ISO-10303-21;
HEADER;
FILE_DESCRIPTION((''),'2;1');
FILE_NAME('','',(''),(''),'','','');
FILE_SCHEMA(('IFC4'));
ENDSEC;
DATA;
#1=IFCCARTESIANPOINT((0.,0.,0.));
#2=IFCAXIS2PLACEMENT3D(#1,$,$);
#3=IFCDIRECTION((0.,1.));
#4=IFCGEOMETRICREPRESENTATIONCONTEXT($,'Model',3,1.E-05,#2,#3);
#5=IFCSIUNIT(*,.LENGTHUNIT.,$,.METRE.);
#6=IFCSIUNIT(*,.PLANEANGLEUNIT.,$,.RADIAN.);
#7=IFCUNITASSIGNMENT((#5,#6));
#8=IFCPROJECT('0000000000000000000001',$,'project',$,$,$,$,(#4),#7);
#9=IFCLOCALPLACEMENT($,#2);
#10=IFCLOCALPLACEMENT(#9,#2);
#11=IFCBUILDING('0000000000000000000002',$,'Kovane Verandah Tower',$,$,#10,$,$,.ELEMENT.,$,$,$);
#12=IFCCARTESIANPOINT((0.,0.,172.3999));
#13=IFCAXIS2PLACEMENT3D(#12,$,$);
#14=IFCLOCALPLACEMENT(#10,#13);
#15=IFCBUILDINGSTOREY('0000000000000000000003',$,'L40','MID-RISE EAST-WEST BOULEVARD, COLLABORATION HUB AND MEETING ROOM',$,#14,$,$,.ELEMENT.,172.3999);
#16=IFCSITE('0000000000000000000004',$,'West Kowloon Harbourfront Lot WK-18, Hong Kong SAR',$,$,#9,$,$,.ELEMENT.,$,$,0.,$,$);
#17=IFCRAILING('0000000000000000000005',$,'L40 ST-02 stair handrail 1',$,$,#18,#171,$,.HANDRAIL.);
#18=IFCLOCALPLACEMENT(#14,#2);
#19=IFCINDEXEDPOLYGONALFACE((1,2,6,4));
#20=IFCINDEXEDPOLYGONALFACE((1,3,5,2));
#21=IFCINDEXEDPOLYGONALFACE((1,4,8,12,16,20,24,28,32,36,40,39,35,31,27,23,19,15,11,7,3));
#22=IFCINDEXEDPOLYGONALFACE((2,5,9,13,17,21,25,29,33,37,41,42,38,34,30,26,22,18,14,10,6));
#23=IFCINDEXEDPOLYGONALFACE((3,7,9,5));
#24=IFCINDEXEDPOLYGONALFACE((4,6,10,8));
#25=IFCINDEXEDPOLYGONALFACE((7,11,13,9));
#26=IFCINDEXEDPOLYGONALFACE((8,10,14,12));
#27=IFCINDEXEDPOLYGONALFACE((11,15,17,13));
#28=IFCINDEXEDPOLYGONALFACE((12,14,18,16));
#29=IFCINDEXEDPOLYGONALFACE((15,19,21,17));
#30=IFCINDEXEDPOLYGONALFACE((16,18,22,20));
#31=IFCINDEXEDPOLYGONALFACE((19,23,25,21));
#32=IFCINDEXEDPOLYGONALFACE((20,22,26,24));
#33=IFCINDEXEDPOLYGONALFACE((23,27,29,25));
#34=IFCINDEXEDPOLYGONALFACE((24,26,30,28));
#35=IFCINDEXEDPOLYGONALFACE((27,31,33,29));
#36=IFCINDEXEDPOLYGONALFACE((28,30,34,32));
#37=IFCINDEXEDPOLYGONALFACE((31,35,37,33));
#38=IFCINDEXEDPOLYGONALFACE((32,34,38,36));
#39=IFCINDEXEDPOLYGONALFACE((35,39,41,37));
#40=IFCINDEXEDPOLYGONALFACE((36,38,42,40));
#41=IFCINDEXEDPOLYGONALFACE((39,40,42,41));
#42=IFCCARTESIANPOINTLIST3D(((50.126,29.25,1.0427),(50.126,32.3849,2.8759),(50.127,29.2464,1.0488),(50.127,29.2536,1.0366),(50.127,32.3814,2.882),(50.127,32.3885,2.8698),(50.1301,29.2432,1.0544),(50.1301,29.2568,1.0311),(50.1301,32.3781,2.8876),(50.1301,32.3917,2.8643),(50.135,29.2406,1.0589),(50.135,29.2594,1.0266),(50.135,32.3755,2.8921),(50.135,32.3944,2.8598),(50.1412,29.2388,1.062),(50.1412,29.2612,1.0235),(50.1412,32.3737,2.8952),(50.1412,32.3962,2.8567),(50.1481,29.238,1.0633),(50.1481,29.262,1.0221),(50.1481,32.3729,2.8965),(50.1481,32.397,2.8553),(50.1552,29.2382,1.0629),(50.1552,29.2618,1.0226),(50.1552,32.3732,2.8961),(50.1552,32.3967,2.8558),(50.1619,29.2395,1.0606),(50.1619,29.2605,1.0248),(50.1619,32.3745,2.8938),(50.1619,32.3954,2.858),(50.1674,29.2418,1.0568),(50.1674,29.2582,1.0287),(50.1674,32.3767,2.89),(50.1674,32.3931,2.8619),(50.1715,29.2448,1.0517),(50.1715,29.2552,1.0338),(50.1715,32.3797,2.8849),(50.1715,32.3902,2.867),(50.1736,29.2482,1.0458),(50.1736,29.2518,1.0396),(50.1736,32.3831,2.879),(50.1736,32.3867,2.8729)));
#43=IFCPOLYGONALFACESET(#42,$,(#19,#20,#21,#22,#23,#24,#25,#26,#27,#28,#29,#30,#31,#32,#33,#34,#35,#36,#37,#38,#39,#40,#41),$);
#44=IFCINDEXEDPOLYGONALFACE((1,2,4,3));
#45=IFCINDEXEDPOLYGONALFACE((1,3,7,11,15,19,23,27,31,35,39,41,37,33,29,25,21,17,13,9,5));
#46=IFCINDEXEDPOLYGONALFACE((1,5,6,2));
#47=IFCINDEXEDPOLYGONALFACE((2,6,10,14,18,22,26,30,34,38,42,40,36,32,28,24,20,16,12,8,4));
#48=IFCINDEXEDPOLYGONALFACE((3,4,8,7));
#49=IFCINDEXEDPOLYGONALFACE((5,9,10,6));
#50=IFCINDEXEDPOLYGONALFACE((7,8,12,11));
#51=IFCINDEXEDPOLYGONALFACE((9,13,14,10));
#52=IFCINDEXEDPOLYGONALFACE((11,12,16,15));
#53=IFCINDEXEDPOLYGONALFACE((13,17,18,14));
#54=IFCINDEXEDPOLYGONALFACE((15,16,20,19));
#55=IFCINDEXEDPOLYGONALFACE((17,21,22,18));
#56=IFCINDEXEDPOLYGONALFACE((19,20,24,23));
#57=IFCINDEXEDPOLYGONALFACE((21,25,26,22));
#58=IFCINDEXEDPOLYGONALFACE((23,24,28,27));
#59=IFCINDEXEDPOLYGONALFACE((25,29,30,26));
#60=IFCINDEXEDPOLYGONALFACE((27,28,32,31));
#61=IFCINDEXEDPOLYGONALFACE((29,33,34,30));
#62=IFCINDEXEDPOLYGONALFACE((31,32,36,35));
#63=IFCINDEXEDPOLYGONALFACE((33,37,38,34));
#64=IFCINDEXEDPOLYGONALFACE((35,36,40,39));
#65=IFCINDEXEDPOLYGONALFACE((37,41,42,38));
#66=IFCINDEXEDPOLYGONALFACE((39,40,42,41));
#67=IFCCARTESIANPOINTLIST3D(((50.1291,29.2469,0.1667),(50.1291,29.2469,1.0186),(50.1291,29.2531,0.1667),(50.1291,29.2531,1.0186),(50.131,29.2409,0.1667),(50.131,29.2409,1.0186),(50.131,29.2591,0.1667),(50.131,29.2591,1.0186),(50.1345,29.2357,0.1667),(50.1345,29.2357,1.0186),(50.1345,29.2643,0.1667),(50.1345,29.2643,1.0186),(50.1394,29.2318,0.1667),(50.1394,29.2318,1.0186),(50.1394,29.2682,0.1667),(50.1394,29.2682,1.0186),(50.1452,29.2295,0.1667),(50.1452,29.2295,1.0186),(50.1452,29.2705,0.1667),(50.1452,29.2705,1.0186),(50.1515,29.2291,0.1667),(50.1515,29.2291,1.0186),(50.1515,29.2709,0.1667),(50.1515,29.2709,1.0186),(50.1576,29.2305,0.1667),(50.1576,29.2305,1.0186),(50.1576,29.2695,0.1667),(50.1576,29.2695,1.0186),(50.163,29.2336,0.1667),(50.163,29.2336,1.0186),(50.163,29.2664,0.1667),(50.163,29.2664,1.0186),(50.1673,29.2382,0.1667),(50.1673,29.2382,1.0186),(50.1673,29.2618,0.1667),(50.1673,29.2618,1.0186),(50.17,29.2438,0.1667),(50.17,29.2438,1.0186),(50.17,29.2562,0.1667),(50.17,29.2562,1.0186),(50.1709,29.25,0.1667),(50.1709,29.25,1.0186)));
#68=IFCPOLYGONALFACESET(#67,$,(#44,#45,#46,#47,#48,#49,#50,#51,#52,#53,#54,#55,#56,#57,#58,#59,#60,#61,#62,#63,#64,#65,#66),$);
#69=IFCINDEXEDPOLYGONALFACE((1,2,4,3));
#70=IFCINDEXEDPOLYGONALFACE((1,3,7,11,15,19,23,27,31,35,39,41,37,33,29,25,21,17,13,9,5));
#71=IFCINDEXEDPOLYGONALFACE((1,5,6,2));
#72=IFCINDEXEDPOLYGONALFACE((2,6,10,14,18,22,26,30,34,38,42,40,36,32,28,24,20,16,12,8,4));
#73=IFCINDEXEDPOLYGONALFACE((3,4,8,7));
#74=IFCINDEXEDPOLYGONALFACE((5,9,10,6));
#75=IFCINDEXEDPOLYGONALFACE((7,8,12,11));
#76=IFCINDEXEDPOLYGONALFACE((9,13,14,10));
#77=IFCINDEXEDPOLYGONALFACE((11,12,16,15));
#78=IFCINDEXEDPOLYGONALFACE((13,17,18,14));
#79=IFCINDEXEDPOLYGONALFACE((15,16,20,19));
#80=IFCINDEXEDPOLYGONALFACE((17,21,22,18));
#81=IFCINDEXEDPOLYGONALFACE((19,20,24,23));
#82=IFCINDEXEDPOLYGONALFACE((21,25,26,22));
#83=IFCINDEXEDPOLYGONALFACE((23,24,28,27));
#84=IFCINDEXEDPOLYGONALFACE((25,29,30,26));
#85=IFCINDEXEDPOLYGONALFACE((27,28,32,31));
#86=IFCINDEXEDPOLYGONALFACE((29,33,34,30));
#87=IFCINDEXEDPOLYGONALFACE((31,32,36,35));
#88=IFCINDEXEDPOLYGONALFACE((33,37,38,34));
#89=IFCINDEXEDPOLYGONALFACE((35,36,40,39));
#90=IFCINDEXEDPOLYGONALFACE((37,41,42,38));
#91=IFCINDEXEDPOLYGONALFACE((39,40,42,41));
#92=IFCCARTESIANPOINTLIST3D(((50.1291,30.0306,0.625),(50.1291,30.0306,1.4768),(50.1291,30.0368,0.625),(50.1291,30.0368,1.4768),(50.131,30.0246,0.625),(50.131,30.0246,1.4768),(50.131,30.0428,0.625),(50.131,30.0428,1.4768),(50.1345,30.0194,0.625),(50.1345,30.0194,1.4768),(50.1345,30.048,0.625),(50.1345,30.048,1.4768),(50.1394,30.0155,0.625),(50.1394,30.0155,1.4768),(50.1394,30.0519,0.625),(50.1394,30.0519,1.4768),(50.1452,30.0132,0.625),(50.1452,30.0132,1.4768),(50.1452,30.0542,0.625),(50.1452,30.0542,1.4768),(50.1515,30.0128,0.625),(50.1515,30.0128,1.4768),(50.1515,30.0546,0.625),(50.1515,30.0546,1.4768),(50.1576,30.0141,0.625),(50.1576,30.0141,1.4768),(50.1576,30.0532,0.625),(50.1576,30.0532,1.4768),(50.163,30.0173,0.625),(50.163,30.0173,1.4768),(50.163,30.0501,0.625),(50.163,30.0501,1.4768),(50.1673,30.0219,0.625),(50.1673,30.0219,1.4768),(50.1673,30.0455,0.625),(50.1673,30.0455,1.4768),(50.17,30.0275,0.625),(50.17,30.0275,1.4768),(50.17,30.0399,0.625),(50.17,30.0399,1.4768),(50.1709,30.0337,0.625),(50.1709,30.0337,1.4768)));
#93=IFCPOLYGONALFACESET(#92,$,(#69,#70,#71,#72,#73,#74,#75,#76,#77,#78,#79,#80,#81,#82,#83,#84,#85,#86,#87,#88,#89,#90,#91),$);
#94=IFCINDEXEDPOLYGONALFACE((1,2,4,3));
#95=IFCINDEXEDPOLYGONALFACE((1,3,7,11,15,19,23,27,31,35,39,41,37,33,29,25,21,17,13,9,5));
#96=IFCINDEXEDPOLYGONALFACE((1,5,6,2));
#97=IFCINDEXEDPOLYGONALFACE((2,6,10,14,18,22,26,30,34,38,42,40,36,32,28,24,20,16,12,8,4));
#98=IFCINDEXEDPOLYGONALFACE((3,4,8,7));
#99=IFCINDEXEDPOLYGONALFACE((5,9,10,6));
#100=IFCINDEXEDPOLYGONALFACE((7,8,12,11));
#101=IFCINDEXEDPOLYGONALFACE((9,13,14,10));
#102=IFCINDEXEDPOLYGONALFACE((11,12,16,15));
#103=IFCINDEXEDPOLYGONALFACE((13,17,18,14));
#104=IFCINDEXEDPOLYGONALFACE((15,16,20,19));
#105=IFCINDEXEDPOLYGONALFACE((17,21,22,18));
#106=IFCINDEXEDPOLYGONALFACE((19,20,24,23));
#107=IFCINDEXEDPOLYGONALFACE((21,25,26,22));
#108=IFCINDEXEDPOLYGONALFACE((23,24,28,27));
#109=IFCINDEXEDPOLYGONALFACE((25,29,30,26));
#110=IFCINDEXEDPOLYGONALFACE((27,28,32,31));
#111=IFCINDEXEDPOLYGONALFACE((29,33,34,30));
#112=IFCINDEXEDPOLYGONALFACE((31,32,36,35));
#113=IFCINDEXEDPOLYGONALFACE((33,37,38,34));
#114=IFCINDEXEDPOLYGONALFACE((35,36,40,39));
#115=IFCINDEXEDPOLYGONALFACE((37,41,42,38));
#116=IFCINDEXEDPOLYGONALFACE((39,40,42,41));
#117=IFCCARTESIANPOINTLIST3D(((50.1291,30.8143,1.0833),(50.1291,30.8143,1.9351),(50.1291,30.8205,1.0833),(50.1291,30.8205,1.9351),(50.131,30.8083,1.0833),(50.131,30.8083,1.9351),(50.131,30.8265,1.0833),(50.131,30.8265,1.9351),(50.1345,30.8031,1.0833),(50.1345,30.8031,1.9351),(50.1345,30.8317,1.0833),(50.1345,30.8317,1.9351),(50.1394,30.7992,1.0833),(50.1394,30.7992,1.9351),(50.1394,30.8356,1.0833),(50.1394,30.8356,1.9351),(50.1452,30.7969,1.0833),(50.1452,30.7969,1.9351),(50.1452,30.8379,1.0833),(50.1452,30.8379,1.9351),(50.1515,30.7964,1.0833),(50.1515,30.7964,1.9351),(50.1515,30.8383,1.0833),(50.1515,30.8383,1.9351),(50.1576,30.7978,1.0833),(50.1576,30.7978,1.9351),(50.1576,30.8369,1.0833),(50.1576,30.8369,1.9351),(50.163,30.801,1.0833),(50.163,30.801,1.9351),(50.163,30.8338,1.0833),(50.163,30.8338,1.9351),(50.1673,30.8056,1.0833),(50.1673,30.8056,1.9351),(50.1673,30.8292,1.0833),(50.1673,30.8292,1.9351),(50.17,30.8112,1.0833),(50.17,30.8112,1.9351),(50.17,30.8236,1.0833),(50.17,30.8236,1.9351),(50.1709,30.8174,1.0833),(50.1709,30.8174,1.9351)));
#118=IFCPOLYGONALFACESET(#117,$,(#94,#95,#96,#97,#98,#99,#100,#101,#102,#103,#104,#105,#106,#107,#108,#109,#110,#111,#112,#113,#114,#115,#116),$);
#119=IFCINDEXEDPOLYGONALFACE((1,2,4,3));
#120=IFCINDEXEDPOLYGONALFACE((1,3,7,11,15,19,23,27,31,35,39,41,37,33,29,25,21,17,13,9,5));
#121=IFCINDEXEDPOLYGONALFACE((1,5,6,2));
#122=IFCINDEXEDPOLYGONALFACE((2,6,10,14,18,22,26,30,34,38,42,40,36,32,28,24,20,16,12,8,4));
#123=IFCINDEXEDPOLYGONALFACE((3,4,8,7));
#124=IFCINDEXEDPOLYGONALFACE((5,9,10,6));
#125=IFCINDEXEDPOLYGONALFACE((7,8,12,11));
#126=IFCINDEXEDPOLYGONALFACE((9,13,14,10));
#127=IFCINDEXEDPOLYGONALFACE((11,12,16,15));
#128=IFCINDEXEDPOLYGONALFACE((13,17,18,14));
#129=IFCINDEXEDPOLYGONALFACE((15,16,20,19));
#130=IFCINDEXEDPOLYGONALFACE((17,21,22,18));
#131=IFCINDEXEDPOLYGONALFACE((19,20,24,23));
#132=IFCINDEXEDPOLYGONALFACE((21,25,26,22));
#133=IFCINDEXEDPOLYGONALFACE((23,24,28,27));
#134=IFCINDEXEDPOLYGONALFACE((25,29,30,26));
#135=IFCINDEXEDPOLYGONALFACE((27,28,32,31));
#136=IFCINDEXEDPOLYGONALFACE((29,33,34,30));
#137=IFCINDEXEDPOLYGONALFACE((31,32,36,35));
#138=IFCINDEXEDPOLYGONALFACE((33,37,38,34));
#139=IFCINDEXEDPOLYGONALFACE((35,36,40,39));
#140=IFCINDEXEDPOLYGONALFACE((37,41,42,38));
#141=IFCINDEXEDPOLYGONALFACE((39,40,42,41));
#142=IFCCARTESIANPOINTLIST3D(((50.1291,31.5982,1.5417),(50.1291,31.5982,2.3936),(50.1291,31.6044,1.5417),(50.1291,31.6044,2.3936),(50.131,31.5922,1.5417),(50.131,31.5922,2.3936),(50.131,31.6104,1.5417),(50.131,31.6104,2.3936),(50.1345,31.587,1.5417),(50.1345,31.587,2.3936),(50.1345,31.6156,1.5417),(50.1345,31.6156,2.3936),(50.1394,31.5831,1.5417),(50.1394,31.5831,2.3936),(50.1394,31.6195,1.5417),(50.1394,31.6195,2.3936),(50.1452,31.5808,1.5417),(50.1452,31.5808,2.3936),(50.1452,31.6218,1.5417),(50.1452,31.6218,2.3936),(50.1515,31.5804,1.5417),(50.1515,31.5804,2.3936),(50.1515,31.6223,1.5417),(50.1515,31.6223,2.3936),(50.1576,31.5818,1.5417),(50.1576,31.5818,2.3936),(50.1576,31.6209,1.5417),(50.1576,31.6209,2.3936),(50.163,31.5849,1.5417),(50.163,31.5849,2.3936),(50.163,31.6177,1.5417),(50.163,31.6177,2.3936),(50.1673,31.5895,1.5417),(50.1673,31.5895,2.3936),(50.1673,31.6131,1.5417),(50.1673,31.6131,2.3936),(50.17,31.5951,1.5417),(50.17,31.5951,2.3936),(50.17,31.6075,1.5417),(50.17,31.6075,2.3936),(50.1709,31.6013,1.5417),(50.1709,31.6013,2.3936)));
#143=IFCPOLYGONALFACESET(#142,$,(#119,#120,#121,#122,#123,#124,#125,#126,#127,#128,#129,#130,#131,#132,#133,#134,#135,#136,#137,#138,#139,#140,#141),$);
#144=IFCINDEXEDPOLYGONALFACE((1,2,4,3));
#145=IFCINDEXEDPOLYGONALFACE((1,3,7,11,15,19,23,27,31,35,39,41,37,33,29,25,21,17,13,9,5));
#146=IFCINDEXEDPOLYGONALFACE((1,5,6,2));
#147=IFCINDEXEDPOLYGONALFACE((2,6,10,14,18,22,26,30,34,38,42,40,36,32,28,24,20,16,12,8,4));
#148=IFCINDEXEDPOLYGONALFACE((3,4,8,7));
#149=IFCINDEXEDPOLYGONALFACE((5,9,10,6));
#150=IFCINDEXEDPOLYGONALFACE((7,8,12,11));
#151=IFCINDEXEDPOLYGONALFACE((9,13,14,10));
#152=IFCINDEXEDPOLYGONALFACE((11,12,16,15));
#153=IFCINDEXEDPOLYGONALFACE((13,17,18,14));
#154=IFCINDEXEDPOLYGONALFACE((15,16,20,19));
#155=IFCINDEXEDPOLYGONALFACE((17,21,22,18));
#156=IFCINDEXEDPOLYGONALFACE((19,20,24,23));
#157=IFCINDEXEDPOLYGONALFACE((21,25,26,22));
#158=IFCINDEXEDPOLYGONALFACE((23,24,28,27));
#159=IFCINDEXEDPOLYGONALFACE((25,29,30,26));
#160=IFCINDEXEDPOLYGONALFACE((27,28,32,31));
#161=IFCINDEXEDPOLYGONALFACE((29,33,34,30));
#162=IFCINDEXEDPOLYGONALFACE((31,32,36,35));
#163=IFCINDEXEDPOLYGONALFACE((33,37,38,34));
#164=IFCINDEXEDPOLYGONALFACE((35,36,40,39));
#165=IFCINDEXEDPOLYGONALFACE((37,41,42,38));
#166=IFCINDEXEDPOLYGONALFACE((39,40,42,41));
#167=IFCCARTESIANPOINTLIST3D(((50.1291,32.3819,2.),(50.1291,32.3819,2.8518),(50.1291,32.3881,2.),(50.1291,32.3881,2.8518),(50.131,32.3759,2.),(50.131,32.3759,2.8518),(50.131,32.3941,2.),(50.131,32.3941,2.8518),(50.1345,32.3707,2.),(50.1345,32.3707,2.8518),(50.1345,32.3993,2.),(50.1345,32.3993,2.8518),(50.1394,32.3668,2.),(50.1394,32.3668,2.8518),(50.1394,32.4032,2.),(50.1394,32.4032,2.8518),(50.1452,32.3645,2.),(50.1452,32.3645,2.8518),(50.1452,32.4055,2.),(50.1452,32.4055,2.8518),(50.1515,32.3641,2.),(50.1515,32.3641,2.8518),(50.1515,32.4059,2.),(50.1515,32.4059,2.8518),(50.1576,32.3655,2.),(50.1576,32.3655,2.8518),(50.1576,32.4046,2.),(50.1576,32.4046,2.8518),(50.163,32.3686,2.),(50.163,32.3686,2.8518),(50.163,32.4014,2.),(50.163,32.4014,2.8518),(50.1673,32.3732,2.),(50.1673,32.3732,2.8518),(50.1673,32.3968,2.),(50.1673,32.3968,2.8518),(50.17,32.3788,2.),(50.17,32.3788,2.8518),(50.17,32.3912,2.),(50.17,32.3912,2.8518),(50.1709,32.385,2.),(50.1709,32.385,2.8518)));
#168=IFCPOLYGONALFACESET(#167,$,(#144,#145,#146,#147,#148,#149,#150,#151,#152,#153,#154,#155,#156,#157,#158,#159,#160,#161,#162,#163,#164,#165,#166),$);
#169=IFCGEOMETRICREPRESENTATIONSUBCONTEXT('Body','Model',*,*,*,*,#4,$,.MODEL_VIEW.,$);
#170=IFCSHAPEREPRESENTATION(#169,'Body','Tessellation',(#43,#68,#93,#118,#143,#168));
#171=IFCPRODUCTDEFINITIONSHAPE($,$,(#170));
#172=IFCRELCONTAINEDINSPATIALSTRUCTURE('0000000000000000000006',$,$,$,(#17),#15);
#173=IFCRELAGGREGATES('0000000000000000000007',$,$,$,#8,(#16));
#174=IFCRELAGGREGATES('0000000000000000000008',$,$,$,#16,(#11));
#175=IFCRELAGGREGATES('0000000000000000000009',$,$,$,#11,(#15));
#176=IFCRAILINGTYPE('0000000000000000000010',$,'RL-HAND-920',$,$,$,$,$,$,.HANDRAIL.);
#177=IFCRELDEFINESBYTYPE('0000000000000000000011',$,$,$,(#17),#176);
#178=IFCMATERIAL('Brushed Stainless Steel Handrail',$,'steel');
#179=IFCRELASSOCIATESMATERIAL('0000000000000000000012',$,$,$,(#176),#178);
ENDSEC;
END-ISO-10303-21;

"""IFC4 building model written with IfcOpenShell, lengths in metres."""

from ifc_helpers import new_model, si_unit, direction, frame, origin, origin_2d, place, context, subcontext, project, spatial, circle, extrude, material, type_object, element, save


model = new_model("IFC4")

# Units and contexts
model_context = context("Model", 3, precision=1e-05, world=origin(), true_north=direction((0.0, 1.0)))
body_context = subcontext(model_context, "Body", "Model", "MODEL_VIEW")
ifc_project = project(units=[si_unit("LENGTHUNIT", "METRE"), si_unit("PLANEANGLEUNIT", "RADIAN")], contexts=[model_context])

# Site, building, storey
site_placement = place(None, origin())
site = spatial("IfcSite", under=ifc_project, at=site_placement, Name="West Kowloon Harbourfront Lot WK-18, Hong Kong SAR", CompositionType="ELEMENT", RefElevation=0.0)
building_placement = place(site_placement, origin())
building = spatial("IfcBuilding", under=site, at=building_placement, Name="Kovane Verandah Tower", CompositionType="ELEMENT")
storey_placement = place(building_placement, frame((0.0, 0.0, 172.3999)))
storey = spatial("IfcBuildingStorey", under=building, at=storey_placement, Name="L40", Description="MID-RISE EAST-WEST BOULEVARD, COLLABORATION HUB AND MEETING ROOM", CompositionType="ELEMENT", Elevation=172.3999)

# Railing
ifc_material_1 = material(Name="Brushed Stainless Steel Handrail", Category="steel")
railing_type_1 = type_object("IfcRailingType", Name="RL-HAND-920", PredefinedType="HANDRAIL", material=ifc_material_1)
railing_1_placement = place(storey_placement, frame((50.1499, 29.25, 0.1667)))
element("IfcRailing", 1, at=railing_1_placement, inside=storey, type_object=railing_type_1, Name="L40 ST-02 stair handrail 1", PredefinedType="HANDRAIL", context=body_context, shape_type="SweptSolid", body=[
    extrude(circle(Radius=0.0239, at=origin_2d()), frame((0.0, 0.0, 0.876), z_axis=(0.0, 0.86324, 0.504794), x_axis=(-1.0, 0.0, 0.0)), (0.0, 0.0, 1.0), 3.6316),
    extrude(circle(Radius=0.021, at=origin_2d()), origin(), (0.0, 0.0, 1.0), 0.8518),
    extrude(circle(Radius=0.021, at=origin_2d()), frame((0.0, 0.7837, 0.4583)), (0.0, 0.0, 1.0), 0.8518),
    extrude(circle(Radius=0.021, at=origin_2d()), frame((0.0, 1.5674, 0.9165)), (0.0, 0.0, 1.0), 0.8518),
    extrude(circle(Radius=0.021, at=origin_2d()), frame((0.0, 2.3513, 1.375)), (0.0, 0.0, 1.0), 0.8518),
    extrude(circle(Radius=0.021, at=origin_2d()), frame((0.0, 3.135, 1.8333)), (0.0, 0.0, 1.0), 0.8518),
])

save(model, "model.ifc")
